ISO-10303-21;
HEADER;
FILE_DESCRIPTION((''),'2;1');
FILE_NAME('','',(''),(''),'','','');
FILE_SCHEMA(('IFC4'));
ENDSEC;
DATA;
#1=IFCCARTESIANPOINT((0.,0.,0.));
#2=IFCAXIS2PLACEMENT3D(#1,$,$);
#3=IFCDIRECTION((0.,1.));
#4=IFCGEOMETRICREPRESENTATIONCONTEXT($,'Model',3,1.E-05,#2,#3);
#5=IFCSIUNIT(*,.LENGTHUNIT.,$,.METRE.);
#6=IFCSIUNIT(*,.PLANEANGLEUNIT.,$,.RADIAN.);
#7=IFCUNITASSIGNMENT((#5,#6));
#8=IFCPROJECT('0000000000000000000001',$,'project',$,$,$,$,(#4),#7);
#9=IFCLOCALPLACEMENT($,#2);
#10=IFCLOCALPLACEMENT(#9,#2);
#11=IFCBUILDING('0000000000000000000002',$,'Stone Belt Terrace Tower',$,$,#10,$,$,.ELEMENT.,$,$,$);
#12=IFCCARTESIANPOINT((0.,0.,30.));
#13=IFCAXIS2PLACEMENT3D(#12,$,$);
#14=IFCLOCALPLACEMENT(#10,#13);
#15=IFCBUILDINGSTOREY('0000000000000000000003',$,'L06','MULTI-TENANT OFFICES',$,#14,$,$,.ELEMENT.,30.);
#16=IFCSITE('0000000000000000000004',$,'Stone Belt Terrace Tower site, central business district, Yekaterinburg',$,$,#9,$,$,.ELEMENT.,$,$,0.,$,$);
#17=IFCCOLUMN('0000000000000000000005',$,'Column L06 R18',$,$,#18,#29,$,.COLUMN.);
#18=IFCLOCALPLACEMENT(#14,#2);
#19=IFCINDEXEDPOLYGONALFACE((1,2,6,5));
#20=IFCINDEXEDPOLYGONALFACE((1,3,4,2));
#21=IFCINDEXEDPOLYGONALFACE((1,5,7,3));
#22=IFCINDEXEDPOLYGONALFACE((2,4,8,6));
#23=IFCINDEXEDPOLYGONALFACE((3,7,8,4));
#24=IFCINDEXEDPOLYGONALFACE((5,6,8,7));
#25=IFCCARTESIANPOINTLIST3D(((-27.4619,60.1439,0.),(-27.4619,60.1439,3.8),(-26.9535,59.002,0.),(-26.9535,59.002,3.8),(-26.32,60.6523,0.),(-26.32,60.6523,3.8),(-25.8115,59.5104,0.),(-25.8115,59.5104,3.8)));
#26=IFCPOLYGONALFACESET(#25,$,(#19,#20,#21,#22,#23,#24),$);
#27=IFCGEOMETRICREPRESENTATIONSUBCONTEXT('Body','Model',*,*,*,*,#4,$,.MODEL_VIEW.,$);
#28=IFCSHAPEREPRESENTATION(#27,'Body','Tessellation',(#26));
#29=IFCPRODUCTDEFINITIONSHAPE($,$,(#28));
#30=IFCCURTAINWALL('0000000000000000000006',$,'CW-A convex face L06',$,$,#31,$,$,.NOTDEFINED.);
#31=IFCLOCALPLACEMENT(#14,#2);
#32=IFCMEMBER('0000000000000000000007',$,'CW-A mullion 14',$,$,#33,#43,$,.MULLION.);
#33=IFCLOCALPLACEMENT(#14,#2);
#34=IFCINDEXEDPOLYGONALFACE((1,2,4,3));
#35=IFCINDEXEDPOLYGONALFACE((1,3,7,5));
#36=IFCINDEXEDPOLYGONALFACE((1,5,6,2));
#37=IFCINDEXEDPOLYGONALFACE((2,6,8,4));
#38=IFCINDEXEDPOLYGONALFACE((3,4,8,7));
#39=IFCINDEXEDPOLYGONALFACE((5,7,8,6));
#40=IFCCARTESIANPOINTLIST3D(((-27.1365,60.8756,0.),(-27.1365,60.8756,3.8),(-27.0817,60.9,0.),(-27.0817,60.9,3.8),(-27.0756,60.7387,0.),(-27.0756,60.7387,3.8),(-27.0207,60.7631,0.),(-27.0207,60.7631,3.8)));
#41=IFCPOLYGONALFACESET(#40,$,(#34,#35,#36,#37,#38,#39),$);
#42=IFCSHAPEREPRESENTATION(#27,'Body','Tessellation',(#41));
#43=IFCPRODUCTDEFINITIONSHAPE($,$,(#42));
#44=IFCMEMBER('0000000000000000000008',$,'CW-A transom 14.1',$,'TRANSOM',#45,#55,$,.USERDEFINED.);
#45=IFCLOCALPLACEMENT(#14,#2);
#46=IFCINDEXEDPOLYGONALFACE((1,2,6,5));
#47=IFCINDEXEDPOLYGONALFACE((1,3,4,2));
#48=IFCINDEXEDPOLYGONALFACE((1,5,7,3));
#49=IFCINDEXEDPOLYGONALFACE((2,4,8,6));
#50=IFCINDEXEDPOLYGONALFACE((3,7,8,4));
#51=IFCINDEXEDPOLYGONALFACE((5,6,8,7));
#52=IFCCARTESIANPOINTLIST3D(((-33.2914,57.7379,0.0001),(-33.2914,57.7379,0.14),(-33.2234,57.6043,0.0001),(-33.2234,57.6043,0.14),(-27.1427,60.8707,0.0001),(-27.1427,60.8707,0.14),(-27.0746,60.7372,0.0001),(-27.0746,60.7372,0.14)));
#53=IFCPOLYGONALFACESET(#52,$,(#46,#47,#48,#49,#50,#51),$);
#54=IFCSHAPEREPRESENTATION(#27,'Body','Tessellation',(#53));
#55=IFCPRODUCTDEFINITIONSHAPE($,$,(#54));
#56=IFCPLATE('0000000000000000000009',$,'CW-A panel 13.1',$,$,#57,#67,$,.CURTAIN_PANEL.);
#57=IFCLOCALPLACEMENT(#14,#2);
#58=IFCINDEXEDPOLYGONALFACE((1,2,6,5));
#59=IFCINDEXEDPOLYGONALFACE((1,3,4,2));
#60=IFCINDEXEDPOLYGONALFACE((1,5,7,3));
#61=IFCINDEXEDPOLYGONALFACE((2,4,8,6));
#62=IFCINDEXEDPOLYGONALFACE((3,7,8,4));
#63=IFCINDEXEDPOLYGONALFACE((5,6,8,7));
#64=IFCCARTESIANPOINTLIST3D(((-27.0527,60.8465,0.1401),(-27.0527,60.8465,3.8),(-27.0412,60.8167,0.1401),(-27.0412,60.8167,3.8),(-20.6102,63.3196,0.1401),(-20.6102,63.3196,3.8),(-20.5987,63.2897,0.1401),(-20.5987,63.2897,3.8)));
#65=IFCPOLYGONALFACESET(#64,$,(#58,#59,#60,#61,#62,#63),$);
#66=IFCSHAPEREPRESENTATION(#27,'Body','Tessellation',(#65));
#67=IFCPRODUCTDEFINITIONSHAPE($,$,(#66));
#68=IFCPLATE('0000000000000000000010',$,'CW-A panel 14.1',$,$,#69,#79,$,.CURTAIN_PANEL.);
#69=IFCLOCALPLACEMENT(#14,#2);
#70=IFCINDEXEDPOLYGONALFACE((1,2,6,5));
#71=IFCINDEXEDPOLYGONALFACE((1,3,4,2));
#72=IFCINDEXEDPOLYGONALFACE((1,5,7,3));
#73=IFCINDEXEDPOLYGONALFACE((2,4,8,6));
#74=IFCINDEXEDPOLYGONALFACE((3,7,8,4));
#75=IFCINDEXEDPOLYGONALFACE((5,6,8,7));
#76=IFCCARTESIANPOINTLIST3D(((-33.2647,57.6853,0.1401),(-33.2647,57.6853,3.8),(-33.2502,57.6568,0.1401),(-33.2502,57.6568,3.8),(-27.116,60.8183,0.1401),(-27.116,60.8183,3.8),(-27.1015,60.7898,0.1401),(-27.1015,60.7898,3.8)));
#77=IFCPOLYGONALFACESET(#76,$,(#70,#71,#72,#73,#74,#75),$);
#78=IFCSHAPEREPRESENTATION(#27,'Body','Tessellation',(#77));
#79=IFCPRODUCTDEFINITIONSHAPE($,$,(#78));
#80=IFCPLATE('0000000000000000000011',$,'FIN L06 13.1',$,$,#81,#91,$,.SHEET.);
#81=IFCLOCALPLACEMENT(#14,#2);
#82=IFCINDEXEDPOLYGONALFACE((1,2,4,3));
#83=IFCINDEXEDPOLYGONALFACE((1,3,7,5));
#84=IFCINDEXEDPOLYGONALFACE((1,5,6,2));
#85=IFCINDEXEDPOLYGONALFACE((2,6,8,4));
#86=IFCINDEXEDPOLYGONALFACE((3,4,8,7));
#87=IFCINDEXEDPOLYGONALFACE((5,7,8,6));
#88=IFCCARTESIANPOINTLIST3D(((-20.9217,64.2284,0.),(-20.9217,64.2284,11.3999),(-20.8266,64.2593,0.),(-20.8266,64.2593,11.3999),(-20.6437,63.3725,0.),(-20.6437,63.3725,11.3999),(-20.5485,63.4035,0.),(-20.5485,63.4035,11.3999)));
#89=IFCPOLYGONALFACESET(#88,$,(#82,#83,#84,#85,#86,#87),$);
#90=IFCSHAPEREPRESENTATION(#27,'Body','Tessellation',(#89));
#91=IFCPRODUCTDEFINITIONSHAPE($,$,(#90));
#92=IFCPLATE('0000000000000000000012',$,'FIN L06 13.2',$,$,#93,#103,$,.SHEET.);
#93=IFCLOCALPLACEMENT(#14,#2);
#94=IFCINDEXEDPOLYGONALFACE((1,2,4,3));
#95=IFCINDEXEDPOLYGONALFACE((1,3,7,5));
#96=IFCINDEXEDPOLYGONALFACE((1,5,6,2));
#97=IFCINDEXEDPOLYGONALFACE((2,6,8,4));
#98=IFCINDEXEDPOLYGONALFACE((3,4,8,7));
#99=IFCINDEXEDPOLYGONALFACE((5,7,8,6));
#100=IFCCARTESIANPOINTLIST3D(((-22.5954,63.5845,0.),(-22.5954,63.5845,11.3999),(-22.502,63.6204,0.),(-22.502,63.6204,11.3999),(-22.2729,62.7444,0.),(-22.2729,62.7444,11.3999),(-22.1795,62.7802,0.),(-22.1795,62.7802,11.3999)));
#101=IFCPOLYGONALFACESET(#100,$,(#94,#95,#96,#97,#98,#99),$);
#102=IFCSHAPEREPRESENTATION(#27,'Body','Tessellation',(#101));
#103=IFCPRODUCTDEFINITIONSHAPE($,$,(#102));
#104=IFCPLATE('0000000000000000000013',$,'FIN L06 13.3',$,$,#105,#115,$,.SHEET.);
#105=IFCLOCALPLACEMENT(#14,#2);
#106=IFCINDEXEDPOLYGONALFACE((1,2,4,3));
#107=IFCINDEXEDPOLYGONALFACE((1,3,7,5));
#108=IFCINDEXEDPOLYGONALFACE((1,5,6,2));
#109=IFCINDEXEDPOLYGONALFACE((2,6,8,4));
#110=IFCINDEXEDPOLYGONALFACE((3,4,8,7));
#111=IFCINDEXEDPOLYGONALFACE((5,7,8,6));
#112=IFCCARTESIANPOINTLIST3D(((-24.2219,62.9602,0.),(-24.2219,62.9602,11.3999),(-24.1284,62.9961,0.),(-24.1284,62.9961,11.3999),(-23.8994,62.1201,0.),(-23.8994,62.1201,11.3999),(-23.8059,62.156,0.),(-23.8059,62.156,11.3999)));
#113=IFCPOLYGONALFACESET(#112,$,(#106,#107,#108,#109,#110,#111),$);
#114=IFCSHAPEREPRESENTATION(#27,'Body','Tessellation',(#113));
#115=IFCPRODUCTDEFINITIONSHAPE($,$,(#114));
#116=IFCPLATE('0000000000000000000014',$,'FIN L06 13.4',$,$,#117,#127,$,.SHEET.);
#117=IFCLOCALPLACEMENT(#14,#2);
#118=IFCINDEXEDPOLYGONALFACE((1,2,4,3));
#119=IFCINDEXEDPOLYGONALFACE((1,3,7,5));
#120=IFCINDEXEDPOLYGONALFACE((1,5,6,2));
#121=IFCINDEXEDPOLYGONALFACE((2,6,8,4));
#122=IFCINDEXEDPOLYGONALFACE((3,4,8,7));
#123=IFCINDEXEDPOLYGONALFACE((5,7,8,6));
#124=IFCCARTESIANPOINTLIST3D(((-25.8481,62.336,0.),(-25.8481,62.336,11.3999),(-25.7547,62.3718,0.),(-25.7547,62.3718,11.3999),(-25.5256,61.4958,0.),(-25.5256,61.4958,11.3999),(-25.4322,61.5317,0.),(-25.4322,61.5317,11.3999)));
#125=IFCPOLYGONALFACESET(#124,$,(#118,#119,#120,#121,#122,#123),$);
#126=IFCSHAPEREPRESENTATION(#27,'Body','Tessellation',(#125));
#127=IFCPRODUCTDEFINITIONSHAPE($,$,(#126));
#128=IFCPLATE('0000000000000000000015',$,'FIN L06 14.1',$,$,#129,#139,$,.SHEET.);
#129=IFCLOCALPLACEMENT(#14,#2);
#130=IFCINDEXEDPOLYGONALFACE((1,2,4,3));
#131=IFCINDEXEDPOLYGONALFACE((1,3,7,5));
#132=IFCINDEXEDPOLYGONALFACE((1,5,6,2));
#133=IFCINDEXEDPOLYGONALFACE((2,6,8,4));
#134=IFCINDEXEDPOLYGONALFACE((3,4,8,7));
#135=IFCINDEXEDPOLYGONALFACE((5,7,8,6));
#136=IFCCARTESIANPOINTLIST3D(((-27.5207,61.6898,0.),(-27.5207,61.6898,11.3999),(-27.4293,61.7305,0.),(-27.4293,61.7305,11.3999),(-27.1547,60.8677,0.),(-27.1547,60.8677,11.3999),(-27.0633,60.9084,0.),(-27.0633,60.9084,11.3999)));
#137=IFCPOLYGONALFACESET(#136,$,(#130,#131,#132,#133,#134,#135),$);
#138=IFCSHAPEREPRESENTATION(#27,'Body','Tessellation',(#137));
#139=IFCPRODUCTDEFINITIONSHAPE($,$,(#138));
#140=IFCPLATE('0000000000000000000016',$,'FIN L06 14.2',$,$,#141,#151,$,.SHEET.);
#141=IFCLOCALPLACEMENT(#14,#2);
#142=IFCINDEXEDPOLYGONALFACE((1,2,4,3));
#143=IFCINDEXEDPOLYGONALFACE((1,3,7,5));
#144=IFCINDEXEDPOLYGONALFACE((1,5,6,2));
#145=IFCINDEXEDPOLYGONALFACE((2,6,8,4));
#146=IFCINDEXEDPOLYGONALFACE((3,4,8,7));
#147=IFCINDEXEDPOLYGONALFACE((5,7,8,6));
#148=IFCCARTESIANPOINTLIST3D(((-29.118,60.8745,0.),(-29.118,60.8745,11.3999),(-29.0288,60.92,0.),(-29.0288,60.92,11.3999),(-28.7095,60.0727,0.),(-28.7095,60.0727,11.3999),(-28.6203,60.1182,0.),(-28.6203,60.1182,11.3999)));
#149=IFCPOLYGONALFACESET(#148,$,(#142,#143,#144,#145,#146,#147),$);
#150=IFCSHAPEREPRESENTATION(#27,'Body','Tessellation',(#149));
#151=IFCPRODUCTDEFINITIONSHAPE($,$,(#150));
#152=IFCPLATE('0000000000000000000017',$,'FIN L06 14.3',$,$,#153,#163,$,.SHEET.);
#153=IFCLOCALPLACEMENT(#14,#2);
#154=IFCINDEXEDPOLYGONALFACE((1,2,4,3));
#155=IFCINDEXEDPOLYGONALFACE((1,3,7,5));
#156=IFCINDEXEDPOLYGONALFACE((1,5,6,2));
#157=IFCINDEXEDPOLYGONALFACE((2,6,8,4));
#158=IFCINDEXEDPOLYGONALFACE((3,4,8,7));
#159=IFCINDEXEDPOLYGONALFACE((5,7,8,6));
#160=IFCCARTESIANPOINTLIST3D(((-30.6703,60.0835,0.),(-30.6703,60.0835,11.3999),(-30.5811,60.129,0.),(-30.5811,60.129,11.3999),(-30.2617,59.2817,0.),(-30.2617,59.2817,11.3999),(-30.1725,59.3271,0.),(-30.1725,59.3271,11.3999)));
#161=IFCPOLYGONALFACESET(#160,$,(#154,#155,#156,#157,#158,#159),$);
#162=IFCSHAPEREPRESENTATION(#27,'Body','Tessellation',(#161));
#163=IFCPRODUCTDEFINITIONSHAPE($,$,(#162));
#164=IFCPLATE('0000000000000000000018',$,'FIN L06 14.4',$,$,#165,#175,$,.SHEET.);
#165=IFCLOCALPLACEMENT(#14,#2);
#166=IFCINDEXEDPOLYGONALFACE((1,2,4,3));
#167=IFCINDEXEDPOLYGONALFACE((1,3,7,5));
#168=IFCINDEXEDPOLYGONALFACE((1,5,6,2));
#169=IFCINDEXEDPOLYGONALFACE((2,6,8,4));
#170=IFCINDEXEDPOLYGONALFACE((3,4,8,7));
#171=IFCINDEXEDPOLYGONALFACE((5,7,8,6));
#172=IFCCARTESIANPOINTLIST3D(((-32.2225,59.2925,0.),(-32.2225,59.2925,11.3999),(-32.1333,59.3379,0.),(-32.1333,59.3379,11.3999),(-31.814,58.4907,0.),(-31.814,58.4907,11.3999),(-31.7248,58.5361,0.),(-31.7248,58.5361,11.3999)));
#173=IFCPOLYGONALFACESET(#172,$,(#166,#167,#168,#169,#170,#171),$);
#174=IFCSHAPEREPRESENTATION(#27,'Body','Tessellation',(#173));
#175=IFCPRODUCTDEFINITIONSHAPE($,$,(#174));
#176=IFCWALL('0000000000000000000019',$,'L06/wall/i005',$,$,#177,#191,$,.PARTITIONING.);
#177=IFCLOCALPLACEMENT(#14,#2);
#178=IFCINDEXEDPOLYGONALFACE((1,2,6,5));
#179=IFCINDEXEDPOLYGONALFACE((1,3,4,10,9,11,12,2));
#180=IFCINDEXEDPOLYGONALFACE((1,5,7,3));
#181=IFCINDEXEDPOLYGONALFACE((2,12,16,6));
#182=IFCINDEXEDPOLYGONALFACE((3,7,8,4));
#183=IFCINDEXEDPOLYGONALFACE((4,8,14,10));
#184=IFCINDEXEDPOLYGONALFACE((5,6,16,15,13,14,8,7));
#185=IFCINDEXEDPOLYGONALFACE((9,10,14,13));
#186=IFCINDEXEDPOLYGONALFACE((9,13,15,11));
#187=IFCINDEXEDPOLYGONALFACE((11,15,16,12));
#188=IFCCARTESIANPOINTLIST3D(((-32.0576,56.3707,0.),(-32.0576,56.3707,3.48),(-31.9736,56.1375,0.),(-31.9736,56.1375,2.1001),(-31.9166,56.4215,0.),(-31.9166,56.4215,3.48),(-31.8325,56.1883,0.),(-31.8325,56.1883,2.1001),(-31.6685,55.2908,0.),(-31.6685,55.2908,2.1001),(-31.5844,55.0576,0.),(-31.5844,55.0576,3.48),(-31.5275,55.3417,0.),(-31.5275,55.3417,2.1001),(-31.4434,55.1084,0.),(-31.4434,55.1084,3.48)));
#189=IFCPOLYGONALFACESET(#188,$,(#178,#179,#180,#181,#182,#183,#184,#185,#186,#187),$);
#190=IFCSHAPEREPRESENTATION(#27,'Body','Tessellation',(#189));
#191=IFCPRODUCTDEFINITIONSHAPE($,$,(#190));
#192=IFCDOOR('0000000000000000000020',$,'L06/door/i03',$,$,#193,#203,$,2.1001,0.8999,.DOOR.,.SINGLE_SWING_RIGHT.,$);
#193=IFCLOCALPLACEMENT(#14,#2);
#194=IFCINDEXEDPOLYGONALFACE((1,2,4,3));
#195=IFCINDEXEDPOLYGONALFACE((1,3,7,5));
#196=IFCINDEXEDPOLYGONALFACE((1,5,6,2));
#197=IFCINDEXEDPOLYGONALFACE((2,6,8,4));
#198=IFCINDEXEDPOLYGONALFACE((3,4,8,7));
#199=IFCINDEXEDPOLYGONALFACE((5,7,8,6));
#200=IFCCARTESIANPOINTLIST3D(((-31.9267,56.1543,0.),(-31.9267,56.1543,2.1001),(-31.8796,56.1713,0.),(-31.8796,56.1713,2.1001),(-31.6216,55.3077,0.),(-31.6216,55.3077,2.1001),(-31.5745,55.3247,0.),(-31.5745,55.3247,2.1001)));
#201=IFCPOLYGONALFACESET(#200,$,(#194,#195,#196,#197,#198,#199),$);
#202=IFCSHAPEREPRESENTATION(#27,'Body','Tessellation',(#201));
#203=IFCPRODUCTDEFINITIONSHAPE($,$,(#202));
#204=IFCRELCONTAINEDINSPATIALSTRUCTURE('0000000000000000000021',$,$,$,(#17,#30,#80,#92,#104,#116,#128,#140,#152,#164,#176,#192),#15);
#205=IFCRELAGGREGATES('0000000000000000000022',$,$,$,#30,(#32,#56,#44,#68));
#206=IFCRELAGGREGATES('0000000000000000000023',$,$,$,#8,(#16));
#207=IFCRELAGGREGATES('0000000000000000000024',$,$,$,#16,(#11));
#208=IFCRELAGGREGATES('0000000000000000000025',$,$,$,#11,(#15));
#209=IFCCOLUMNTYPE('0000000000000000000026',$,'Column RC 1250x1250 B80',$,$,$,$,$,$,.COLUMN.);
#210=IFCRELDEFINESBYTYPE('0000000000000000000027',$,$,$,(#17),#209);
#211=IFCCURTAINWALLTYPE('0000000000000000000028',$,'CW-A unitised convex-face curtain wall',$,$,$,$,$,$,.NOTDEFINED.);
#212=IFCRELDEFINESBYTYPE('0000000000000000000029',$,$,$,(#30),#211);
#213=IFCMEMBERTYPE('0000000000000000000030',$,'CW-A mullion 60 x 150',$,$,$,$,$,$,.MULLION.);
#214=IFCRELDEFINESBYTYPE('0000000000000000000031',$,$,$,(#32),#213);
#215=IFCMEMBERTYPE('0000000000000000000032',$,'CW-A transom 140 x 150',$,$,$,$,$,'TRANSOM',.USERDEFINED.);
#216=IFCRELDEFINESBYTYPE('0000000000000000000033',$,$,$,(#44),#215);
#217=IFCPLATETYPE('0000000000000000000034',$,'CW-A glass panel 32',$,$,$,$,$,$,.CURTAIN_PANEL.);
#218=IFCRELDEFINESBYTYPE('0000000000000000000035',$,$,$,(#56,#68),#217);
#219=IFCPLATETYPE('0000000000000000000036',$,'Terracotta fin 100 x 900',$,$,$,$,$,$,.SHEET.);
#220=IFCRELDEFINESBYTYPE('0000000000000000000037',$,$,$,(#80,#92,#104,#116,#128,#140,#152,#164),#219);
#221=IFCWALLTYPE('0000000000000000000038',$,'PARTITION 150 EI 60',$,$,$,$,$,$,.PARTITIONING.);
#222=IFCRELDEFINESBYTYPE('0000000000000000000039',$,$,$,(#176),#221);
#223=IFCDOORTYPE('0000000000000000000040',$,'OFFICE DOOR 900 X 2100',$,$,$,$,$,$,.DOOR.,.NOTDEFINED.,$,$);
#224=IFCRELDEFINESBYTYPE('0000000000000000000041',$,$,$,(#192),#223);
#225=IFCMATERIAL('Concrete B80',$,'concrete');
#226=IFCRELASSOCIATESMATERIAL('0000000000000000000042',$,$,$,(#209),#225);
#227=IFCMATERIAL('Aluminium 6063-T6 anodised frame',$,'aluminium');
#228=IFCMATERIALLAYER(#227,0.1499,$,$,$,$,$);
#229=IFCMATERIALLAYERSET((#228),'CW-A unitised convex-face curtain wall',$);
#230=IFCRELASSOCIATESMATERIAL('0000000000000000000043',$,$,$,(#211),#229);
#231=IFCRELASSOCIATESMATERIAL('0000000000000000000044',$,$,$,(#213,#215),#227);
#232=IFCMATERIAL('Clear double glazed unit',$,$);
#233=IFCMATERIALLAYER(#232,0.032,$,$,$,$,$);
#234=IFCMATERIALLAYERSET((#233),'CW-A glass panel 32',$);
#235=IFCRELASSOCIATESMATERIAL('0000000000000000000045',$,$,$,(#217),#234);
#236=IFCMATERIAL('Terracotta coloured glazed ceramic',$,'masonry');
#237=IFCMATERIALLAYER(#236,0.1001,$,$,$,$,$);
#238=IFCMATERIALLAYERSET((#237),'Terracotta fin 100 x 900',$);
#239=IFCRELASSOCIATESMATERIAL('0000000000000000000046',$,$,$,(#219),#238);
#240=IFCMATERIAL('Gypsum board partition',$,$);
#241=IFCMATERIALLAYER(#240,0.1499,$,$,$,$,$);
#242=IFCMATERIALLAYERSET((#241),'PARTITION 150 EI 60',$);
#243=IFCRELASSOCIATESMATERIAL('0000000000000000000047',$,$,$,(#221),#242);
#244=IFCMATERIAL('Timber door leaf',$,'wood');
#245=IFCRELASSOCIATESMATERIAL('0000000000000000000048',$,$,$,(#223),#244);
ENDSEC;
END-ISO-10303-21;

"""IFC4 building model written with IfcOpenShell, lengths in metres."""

from ifc_helpers import new_model, si_unit, direction, frame, frame_2d, origin, origin_2d, place, context, subcontext, project, spatial, rectangle, extrude, material, layer, layer_set, material_profile, profile_set, type_object, element, fill, aggregate, save


model = new_model("IFC4")

# Units and contexts
model_context = context("Model", 3, precision=1e-05, world=origin(), true_north=direction((0.0, 1.0)))
body_context = subcontext(model_context, "Body", "Model", "MODEL_VIEW")
ifc_project = project(units=[si_unit("LENGTHUNIT", "METRE"), si_unit("PLANEANGLEUNIT", "RADIAN")], contexts=[model_context])

# Site, building, storey
site_placement = place(None, origin())
site = spatial("IfcSite", under=ifc_project, at=site_placement, Name="Stone Belt Terrace Tower site, central business district, Yekaterinburg", CompositionType="ELEMENT", RefElevation=0.0)
building_placement = place(site_placement, origin())
building = spatial("IfcBuilding", under=site, at=building_placement, Name="Stone Belt Terrace Tower", CompositionType="ELEMENT")
storey_placement = place(building_placement, frame((0.0, 0.0, 30.0)))
storey = spatial("IfcBuildingStorey", under=building, at=storey_placement, Name="L06", Description="MULTI-TENANT OFFICES", CompositionType="ELEMENT", Elevation=30.0)

# Column
ifc_material_1 = material(Name="Concrete B80", Category="concrete")
ifc_material_profile_1 = material_profile(ifc_material_1, rectangle(XDim=1.25, YDim=1.25, at=origin_2d()), Name="RC 1250x1250")
ifc_profile_set_1 = profile_set([ifc_material_profile_1], Name="Concrete B80")
column_type = type_object("IfcColumnType", Name="Column RC 1250x1250 B80", PredefinedType="COLUMN", material=ifc_profile_set_1)
column_placement = place(storey_placement, frame((-26.6367, 59.8271, 0.0), z_axis=(0.0, 0.0, 1.0), x_axis=(0.913545, 0.406737, 0.0)))
element("IfcColumn", 1, at=column_placement, inside=storey, type_object=column_type, Name="Column L06 R18", PredefinedType="COLUMN", context=body_context, shape_type="SweptSolid", body=[
    extrude(rectangle(XDim=1.25, YDim=1.25, at=origin_2d()), origin(), (0.0, 0.0, 1.0), 3.8),
])

# Curtain wall, members, plates
ifc_material_2 = material(Name="Aluminium 6063-T6 anodised frame", Category="aluminium")
ifc_layer_1 = layer(ifc_material_2, 0.1499)
ifc_layer_set_1 = layer_set([ifc_layer_1], Name="CW-A unitised convex-face curtain wall")
curtain_wall_type = type_object("IfcCurtainWallType", Name="CW-A unitised convex-face curtain wall", PredefinedType="NOTDEFINED", material=ifc_layer_set_1)
curtain_wall_placement = place(storey_placement, origin())
curtain_wall = element("IfcCurtainWall", 2, at=curtain_wall_placement, inside=storey, type_object=curtain_wall_type, Name="CW-A convex face L06", PredefinedType="NOTDEFINED")
ifc_material_profile_2 = material_profile(ifc_material_2, rectangle(XDim=0.1499, YDim=0.0601, at=origin_2d()), Name="Aluminium 6063-T6 60x150")
ifc_profile_set_2 = profile_set([ifc_material_profile_2], Name="Aluminium 6063-T6 anodised frame")
member_type_1 = type_object("IfcMemberType", Name="CW-A mullion 60 x 150", PredefinedType="MULLION", material=ifc_profile_set_2)
member_1_placement = place(storey_placement, frame((-27.0786, 60.8193, 0.0), z_axis=(0.0, 0.0, 1.0), x_axis=(0.406737, -0.913545, 0.0)))
member_1 = element("IfcMember", 3, at=member_1_placement, type_object=member_type_1, Name="CW-A mullion 14", PredefinedType="MULLION", context=body_context, shape_type="SweptSolid", body=[
    extrude(rectangle(XDim=0.1499, YDim=0.0601, at=origin_2d()), origin(), (0.0, 0.0, 1.0), 3.8),
])
ifc_material_profile_3 = material_profile(ifc_material_2, rectangle(XDim=0.1499, YDim=0.1399, at=origin_2d()), Name="Aluminium 6063-T6 150x140")
ifc_profile_set_3 = profile_set([ifc_material_profile_3], Name="Aluminium 6063-T6 anodised frame")
member_type_2 = type_object("IfcMemberType", Name="CW-A transom 140 x 150", ElementType="TRANSOM", PredefinedType="USERDEFINED", material=ifc_profile_set_3)
member_2_placement = place(storey_placement, frame((-27.1086, 60.804, 0.0701), z_axis=(-0.891012, -0.453979, 0.0), x_axis=(0.453979, -0.891012, 0.0)))
member_2 = element("IfcMember", 4, at=member_2_placement, type_object=member_type_2, Name="CW-A transom 14.1", ObjectType="TRANSOM", PredefinedType="USERDEFINED", context=body_context, shape_type="SweptSolid", body=[
    extrude(rectangle(XDim=0.1499, YDim=0.1399, at=origin_2d()), origin(), (0.0, 0.0, 1.0), 6.9009),
])
ifc_material_3 = material(Name="Clear double glazed unit")
ifc_layer_2 = layer(ifc_material_3, 0.032)
ifc_layer_set_2 = layer_set([ifc_layer_2], Name="CW-A glass panel 32")
plate_type_1 = type_object("IfcPlateType", Name="CW-A glass panel 32", PredefinedType="CURTAIN_PANEL", material=ifc_layer_set_2)
plate_1_placement = place(storey_placement, frame((-23.8257, 62.0681, 0.1401), z_axis=(0.0, 0.0, 1.0), x_axis=(-0.93358, -0.358368, 0.0)))
plate_1 = element("IfcPlate", 5, at=plate_1_placement, type_object=plate_type_1, Name="CW-A panel 13.1", PredefinedType="CURTAIN_PANEL", context=body_context, shape_type="SweptSolid", body=[
    extrude(rectangle(XDim=6.9009, YDim=0.032, at=origin_2d()), origin(), (0.0, 0.0, 1.0), 3.6599),
])
plate_2_placement = place(storey_placement, frame((-30.1831, 59.2375, 0.1401), z_axis=(0.0, 0.0, 1.0), x_axis=(-0.891007, -0.45399, 0.0)))
plate_2 = element("IfcPlate", 6, at=plate_2_placement, type_object=plate_type_1, Name="CW-A panel 14.1", PredefinedType="CURTAIN_PANEL", context=body_context, shape_type="SweptSolid", body=[
    extrude(rectangle(XDim=6.9009, YDim=0.032, at=origin_2d()), origin(), (0.0, 0.0, 1.0), 3.6599),
])
aggregate(curtain_wall, [member_1, plate_1, member_2, plate_2])

# Plates
ifc_material_4 = material(Name="Terracotta coloured glazed ceramic", Category="masonry")
ifc_layer_3 = layer(ifc_material_4, 0.1001)
ifc_layer_set_3 = layer_set([ifc_layer_3], Name="Terracotta fin 100 x 900")
plate_type_2 = type_object("IfcPlateType", Name="Terracotta fin 100 x 900", PredefinedType="SHEET", material=ifc_layer_set_3)
for number, where, z_axis, x_axis, name in (
    (7, (-20.7351, 63.8159, 0.0), (0.0, 0.0, 1.0), (-0.309017, 0.951057, 0.0), "FIN L06 13.1"),
    (8, (-22.3875, 63.1824, 0.0), (0.0, 0.0, 1.0), (-0.358368, 0.93358, 0.0), "FIN L06 13.2"),
    (9, (-24.0139, 62.5581, 0.0), (0.0, 0.0, 1.0), (-0.358368, 0.93358, 0.0), "FIN L06 13.3"),
    (10, (-25.6401, 61.9338, 0.0), (0.0, 0.0, 1.0), (-0.358368, 0.93358, 0.0), "FIN L06 13.4"),
    (11, (-27.292, 61.2991, 0.0), (0.0, 0.0, 1.0), (-0.406737, 0.913545, 0.0), "FIN L06 14.1"),
    (12, (-28.8691, 60.4963, 0.0), (0.0, 0.0, 1.0), (-0.45399, 0.891007, 0.0), "FIN L06 14.2"),
    (13, (-30.4214, 59.7053, 0.0), (0.0, 0.0, 1.0), (-0.45399, 0.891007, 0.0), "FIN L06 14.3"),
    (14, (-31.9736, 58.9143, 0.0), (0.0, 0.0, 1.0), (-0.45399, 0.891007, 0.0), "FIN L06 14.4"),
):
    element("IfcPlate", number, at=place(storey_placement, frame(where, z_axis=z_axis, x_axis=x_axis)), inside=storey, type_object=plate_type_2, Name=name, PredefinedType="SHEET", context=body_context, shape_type="SweptSolid", body=[
        extrude(rectangle(XDim=0.8999, YDim=0.1001, at=origin_2d()), origin(), (0.0, 0.0, 1.0), 11.3999),
    ])

# Wall, opening, door
ifc_material_5 = material(Name="Gypsum board partition")
ifc_layer_4 = layer(ifc_material_5, 0.1499)
ifc_layer_set_4 = layer_set([ifc_layer_4], Name="PARTITION 150 EI 60")
wall_type_1 = type_object("IfcWallType", Name="PARTITION 150 EI 60", PredefinedType="PARTITIONING", material=ifc_layer_set_4)
wall_1_placement = place(storey_placement, frame((-31.9871, 56.396, 0.0), z_axis=(0.0, 0.0, 1.0), x_axis=(0.339017, -0.94078, 0.0)))
wall_1 = element("IfcWall", 15, at=wall_1_placement, inside=storey, type_object=wall_type_1, Name="L06/wall/i005", PredefinedType="PARTITIONING", context=body_context, shape_type="SweptSolid", body=[
    extrude(rectangle(XDim=1.3958, YDim=0.1499, at=frame_2d((0.6978, 0.0))), origin(), (0.0, 0.0, 1.0), 3.48),
])
opening_placement = place(wall_1_placement, frame((0.2478, 0.0, 0.0)))
opening = element("IfcOpeningElement", 16, at=opening_placement, cuts=wall_1, PredefinedType="OPENING", context=body_context, shape_type="SweptSolid", body=[
    extrude(rectangle(XDim=0.8999, YDim=2.1001, at=frame_2d((0.45, 1.05))), frame((0.0, 0.085, 0.0), z_axis=(0.0, -1.0, 0.0), x_axis=(1.0, 0.0, 0.0)), (0.0, 0.0, 1.0), 0.1699),
])
ifc_material_6 = material(Name="Timber door leaf", Category="wood")
door_type = type_object("IfcDoorType", Name="OFFICE DOOR 900 X 2100", OperationType="NOTDEFINED", PredefinedType="DOOR", material=ifc_material_6)
door_placement = place(opening_placement, origin())
door = element("IfcDoor", 17, at=door_placement, inside=storey, type_object=door_type, Name="L06/door/i03", OperationType="SINGLE_SWING_RIGHT", OverallHeight=2.1001, OverallWidth=0.8999, PredefinedType="DOOR", context=body_context, shape_type="SweptSolid", body=[
    extrude(rectangle(XDim=0.8999, YDim=2.1001, at=frame_2d((0.45, 1.05))), frame((0.0, 0.0249, 0.0), z_axis=(0.0, -1.0, 0.0), x_axis=(1.0, 0.0, 0.0)), (0.0, 0.0, 1.0), 0.05),
])
fill(opening, door)

save(model, "model.ifc")
